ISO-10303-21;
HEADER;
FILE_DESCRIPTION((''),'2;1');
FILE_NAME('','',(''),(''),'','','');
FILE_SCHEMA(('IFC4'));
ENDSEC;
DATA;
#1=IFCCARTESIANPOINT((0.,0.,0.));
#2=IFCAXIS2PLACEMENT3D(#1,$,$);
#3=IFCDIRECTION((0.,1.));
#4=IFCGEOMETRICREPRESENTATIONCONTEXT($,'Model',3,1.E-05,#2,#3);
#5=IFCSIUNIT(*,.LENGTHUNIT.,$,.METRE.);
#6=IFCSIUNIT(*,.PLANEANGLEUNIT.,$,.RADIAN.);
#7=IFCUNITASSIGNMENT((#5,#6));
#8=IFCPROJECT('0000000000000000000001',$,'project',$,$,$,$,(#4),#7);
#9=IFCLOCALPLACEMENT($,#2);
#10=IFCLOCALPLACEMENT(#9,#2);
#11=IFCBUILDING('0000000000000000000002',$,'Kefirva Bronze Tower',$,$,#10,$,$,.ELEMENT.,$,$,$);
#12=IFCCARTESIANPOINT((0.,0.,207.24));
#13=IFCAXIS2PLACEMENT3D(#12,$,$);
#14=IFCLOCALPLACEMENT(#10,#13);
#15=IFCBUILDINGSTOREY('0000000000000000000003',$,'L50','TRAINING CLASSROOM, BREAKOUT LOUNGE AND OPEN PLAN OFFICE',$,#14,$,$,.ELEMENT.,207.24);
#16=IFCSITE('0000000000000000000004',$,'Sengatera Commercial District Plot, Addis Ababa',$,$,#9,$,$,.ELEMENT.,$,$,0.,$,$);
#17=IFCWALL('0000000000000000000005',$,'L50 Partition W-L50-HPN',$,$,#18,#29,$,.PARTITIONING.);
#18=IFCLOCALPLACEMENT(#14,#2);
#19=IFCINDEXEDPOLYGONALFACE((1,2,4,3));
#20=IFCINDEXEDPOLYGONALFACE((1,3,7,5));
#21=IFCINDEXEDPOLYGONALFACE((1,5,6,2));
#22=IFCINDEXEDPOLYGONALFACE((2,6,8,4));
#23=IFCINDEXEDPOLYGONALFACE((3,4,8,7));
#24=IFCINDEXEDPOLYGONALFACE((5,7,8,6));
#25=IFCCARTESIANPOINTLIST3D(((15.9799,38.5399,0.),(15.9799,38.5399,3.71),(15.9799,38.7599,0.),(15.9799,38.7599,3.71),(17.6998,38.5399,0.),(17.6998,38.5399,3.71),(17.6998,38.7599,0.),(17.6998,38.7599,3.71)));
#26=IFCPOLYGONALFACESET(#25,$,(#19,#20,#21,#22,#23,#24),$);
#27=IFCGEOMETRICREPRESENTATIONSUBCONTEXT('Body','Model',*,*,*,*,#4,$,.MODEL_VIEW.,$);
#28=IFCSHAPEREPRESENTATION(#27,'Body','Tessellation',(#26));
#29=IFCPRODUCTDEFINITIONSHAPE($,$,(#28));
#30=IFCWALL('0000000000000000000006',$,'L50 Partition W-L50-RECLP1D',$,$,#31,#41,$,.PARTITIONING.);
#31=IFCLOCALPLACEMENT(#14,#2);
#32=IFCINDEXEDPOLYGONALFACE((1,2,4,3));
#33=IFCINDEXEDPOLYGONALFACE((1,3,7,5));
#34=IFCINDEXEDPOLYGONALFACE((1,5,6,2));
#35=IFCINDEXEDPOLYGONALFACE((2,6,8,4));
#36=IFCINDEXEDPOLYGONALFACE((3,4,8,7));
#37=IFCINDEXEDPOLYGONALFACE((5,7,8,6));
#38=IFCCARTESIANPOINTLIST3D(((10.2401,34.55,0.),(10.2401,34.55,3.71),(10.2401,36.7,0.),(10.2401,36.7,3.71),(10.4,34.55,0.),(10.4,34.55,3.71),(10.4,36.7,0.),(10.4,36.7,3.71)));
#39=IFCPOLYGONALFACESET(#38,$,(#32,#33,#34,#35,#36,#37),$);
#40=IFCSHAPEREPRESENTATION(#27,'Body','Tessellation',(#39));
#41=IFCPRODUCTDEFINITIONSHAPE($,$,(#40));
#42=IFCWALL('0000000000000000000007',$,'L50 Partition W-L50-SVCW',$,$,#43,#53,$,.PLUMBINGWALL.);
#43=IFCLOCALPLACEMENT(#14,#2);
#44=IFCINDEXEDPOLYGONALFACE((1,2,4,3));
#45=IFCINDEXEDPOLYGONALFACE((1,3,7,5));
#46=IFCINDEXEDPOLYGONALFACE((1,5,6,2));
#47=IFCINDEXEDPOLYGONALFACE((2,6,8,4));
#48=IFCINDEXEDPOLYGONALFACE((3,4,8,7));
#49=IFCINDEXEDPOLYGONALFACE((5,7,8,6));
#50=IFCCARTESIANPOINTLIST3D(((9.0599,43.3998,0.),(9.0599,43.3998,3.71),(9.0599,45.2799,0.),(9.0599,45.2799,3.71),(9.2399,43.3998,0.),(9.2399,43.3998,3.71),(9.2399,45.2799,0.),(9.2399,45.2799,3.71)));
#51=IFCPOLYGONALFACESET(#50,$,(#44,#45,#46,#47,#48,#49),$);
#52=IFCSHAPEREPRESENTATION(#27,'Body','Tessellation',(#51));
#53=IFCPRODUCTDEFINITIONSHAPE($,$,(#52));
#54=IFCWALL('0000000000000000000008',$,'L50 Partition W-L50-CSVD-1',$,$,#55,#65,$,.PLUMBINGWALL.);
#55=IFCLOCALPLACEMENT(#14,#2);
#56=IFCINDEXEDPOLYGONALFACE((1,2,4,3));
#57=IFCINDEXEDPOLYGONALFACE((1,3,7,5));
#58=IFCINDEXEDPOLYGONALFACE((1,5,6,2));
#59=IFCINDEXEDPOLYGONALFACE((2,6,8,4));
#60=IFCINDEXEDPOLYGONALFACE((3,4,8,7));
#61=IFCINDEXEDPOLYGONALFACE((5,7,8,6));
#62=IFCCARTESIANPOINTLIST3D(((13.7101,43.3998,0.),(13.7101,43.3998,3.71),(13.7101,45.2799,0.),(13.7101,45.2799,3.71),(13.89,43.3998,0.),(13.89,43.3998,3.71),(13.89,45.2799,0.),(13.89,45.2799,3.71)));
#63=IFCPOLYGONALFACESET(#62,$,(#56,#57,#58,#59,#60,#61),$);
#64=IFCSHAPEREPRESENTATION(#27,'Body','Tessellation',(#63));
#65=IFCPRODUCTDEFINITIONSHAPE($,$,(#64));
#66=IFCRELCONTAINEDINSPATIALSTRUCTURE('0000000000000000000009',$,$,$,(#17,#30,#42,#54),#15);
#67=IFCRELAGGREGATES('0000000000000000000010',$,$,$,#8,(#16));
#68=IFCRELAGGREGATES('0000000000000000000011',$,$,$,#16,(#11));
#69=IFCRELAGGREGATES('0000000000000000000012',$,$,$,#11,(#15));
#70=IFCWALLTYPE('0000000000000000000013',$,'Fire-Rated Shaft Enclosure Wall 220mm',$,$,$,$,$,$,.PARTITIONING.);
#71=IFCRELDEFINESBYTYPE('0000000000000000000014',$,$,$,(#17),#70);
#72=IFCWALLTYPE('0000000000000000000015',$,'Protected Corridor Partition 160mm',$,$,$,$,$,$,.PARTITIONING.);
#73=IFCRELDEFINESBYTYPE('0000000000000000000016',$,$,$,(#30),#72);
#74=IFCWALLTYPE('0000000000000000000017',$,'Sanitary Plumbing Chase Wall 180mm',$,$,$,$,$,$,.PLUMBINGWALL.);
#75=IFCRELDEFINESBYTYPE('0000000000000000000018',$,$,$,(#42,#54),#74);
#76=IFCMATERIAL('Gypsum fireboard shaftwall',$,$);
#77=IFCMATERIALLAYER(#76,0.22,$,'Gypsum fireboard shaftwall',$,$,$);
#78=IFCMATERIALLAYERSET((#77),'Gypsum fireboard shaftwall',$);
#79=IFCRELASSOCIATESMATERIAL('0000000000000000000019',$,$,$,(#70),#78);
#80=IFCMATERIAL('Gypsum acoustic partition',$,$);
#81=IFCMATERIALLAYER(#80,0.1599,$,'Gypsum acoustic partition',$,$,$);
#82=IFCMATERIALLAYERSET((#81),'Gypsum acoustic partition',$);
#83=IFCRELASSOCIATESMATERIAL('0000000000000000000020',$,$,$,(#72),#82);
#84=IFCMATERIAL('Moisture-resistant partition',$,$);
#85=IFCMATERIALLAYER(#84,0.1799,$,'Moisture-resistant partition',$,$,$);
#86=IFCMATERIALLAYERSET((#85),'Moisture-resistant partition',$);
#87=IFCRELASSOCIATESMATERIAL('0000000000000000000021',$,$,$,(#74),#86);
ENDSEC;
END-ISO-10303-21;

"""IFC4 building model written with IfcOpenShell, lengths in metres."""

from ifc_helpers import new_model, si_unit, direction, frame, frame_2d, origin, place, context, subcontext, project, spatial, rectangle, extrude, material, layer, layer_set, type_object, element, save


model = new_model("IFC4")

# Units and contexts
model_context = context("Model", 3, precision=1e-05, world=origin(), true_north=direction((0.0, 1.0)))
body_context = subcontext(model_context, "Body", "Model", "MODEL_VIEW")
ifc_project = project(units=[si_unit("LENGTHUNIT", "METRE"), si_unit("PLANEANGLEUNIT", "RADIAN")], contexts=[model_context])

# Site, building, storey
site_placement = place(None, origin())
site = spatial("IfcSite", under=ifc_project, at=site_placement, Name="Sengatera Commercial District Plot, Addis Ababa", CompositionType="ELEMENT", RefElevation=0.0)
building_placement = place(site_placement, origin())
building = spatial("IfcBuilding", under=site, at=building_placement, Name="Kefirva Bronze Tower", CompositionType="ELEMENT")
storey_placement = place(building_placement, frame((0.0, 0.0, 207.24)))
storey = spatial("IfcBuildingStorey", under=building, at=storey_placement, Name="L50", Description="TRAINING CLASSROOM, BREAKOUT LOUNGE AND OPEN PLAN OFFICE", CompositionType="ELEMENT", Elevation=207.24)

# Shared definitions
ifc_material_1 = material(Name="Gypsum fireboard shaftwall")
ifc_layer_1 = layer(ifc_material_1, 0.22, Name="Gypsum fireboard shaftwall")
ifc_layer_set_1 = layer_set([ifc_layer_1], Name="Gypsum fireboard shaftwall")
wall_type_1 = type_object("IfcWallType", Name="Fire-Rated Shaft Enclosure Wall 220mm", PredefinedType="PARTITIONING", material=ifc_layer_set_1)

# Walls
wall_1_placement = place(storey_placement, frame((15.98, 38.6499, 0.0), z_axis=(0.0, 0.0, 1.0), x_axis=(1.0, 0.0, 0.0)))
element("IfcWall", 1, at=wall_1_placement, inside=storey, type_object=wall_type_1, Name="L50 Partition W-L50-HPN", PredefinedType="PARTITIONING", context=body_context, shape_type="SweptSolid", body=[
    extrude(rectangle(XDim=1.72, YDim=0.22, at=frame_2d((0.8599, 0.0))), origin(), (0.0, 0.0, 1.0), 3.71),
])
ifc_material_2 = material(Name="Gypsum acoustic partition")
ifc_layer_2 = layer(ifc_material_2, 0.1599, Name="Gypsum acoustic partition")
ifc_layer_set_2 = layer_set([ifc_layer_2], Name="Gypsum acoustic partition")
wall_type_2 = type_object("IfcWallType", Name="Protected Corridor Partition 160mm", PredefinedType="PARTITIONING", material=ifc_layer_set_2)
wall_2_placement = place(storey_placement, frame((10.3201, 34.55, 0.0), z_axis=(0.0, 0.0, 1.0), x_axis=(0.0, 1.0, 0.0)))
element("IfcWall", 2, at=wall_2_placement, inside=storey, type_object=wall_type_2, Name="L50 Partition W-L50-RECLP1D", PredefinedType="PARTITIONING", context=body_context, shape_type="SweptSolid", body=[
    extrude(rectangle(XDim=2.1499, YDim=0.1599, at=frame_2d((1.075, 0.0))), origin(), (0.0, 0.0, 1.0), 3.71),
])

# Walls
ifc_material_3 = material(Name="Moisture-resistant partition")
ifc_layer_3 = layer(ifc_material_3, 0.1799, Name="Moisture-resistant partition")
ifc_layer_set_3 = layer_set([ifc_layer_3], Name="Moisture-resistant partition")
wall_type_3 = type_object("IfcWallType", Name="Sanitary Plumbing Chase Wall 180mm", PredefinedType="PLUMBINGWALL", material=ifc_layer_set_3)
for number, where, z_axis, x_axis, name in (
    (3, (9.1499, 43.3999, 0.0), (0.0, 0.0, 1.0), (0.0, 1.0, 0.0), "L50 Partition W-L50-SVCW"),
    (4, (13.8, 43.3999, 0.0), (0.0, 0.0, 1.0), (0.0, 1.0, 0.0), "L50 Partition W-L50-CSVD-1"),
):
    element("IfcWall", number, at=place(storey_placement, frame(where, z_axis=z_axis, x_axis=x_axis)), inside=storey, type_object=wall_type_3, Name=name, PredefinedType="PLUMBINGWALL", context=body_context, shape_type="SweptSolid", body=[
        extrude(rectangle(XDim=1.8801, YDim=0.1799, at=frame_2d((0.9399, 0.0))), origin(), (0.0, 0.0, 1.0), 3.71),
    ])

save(model, "model.ifc")
